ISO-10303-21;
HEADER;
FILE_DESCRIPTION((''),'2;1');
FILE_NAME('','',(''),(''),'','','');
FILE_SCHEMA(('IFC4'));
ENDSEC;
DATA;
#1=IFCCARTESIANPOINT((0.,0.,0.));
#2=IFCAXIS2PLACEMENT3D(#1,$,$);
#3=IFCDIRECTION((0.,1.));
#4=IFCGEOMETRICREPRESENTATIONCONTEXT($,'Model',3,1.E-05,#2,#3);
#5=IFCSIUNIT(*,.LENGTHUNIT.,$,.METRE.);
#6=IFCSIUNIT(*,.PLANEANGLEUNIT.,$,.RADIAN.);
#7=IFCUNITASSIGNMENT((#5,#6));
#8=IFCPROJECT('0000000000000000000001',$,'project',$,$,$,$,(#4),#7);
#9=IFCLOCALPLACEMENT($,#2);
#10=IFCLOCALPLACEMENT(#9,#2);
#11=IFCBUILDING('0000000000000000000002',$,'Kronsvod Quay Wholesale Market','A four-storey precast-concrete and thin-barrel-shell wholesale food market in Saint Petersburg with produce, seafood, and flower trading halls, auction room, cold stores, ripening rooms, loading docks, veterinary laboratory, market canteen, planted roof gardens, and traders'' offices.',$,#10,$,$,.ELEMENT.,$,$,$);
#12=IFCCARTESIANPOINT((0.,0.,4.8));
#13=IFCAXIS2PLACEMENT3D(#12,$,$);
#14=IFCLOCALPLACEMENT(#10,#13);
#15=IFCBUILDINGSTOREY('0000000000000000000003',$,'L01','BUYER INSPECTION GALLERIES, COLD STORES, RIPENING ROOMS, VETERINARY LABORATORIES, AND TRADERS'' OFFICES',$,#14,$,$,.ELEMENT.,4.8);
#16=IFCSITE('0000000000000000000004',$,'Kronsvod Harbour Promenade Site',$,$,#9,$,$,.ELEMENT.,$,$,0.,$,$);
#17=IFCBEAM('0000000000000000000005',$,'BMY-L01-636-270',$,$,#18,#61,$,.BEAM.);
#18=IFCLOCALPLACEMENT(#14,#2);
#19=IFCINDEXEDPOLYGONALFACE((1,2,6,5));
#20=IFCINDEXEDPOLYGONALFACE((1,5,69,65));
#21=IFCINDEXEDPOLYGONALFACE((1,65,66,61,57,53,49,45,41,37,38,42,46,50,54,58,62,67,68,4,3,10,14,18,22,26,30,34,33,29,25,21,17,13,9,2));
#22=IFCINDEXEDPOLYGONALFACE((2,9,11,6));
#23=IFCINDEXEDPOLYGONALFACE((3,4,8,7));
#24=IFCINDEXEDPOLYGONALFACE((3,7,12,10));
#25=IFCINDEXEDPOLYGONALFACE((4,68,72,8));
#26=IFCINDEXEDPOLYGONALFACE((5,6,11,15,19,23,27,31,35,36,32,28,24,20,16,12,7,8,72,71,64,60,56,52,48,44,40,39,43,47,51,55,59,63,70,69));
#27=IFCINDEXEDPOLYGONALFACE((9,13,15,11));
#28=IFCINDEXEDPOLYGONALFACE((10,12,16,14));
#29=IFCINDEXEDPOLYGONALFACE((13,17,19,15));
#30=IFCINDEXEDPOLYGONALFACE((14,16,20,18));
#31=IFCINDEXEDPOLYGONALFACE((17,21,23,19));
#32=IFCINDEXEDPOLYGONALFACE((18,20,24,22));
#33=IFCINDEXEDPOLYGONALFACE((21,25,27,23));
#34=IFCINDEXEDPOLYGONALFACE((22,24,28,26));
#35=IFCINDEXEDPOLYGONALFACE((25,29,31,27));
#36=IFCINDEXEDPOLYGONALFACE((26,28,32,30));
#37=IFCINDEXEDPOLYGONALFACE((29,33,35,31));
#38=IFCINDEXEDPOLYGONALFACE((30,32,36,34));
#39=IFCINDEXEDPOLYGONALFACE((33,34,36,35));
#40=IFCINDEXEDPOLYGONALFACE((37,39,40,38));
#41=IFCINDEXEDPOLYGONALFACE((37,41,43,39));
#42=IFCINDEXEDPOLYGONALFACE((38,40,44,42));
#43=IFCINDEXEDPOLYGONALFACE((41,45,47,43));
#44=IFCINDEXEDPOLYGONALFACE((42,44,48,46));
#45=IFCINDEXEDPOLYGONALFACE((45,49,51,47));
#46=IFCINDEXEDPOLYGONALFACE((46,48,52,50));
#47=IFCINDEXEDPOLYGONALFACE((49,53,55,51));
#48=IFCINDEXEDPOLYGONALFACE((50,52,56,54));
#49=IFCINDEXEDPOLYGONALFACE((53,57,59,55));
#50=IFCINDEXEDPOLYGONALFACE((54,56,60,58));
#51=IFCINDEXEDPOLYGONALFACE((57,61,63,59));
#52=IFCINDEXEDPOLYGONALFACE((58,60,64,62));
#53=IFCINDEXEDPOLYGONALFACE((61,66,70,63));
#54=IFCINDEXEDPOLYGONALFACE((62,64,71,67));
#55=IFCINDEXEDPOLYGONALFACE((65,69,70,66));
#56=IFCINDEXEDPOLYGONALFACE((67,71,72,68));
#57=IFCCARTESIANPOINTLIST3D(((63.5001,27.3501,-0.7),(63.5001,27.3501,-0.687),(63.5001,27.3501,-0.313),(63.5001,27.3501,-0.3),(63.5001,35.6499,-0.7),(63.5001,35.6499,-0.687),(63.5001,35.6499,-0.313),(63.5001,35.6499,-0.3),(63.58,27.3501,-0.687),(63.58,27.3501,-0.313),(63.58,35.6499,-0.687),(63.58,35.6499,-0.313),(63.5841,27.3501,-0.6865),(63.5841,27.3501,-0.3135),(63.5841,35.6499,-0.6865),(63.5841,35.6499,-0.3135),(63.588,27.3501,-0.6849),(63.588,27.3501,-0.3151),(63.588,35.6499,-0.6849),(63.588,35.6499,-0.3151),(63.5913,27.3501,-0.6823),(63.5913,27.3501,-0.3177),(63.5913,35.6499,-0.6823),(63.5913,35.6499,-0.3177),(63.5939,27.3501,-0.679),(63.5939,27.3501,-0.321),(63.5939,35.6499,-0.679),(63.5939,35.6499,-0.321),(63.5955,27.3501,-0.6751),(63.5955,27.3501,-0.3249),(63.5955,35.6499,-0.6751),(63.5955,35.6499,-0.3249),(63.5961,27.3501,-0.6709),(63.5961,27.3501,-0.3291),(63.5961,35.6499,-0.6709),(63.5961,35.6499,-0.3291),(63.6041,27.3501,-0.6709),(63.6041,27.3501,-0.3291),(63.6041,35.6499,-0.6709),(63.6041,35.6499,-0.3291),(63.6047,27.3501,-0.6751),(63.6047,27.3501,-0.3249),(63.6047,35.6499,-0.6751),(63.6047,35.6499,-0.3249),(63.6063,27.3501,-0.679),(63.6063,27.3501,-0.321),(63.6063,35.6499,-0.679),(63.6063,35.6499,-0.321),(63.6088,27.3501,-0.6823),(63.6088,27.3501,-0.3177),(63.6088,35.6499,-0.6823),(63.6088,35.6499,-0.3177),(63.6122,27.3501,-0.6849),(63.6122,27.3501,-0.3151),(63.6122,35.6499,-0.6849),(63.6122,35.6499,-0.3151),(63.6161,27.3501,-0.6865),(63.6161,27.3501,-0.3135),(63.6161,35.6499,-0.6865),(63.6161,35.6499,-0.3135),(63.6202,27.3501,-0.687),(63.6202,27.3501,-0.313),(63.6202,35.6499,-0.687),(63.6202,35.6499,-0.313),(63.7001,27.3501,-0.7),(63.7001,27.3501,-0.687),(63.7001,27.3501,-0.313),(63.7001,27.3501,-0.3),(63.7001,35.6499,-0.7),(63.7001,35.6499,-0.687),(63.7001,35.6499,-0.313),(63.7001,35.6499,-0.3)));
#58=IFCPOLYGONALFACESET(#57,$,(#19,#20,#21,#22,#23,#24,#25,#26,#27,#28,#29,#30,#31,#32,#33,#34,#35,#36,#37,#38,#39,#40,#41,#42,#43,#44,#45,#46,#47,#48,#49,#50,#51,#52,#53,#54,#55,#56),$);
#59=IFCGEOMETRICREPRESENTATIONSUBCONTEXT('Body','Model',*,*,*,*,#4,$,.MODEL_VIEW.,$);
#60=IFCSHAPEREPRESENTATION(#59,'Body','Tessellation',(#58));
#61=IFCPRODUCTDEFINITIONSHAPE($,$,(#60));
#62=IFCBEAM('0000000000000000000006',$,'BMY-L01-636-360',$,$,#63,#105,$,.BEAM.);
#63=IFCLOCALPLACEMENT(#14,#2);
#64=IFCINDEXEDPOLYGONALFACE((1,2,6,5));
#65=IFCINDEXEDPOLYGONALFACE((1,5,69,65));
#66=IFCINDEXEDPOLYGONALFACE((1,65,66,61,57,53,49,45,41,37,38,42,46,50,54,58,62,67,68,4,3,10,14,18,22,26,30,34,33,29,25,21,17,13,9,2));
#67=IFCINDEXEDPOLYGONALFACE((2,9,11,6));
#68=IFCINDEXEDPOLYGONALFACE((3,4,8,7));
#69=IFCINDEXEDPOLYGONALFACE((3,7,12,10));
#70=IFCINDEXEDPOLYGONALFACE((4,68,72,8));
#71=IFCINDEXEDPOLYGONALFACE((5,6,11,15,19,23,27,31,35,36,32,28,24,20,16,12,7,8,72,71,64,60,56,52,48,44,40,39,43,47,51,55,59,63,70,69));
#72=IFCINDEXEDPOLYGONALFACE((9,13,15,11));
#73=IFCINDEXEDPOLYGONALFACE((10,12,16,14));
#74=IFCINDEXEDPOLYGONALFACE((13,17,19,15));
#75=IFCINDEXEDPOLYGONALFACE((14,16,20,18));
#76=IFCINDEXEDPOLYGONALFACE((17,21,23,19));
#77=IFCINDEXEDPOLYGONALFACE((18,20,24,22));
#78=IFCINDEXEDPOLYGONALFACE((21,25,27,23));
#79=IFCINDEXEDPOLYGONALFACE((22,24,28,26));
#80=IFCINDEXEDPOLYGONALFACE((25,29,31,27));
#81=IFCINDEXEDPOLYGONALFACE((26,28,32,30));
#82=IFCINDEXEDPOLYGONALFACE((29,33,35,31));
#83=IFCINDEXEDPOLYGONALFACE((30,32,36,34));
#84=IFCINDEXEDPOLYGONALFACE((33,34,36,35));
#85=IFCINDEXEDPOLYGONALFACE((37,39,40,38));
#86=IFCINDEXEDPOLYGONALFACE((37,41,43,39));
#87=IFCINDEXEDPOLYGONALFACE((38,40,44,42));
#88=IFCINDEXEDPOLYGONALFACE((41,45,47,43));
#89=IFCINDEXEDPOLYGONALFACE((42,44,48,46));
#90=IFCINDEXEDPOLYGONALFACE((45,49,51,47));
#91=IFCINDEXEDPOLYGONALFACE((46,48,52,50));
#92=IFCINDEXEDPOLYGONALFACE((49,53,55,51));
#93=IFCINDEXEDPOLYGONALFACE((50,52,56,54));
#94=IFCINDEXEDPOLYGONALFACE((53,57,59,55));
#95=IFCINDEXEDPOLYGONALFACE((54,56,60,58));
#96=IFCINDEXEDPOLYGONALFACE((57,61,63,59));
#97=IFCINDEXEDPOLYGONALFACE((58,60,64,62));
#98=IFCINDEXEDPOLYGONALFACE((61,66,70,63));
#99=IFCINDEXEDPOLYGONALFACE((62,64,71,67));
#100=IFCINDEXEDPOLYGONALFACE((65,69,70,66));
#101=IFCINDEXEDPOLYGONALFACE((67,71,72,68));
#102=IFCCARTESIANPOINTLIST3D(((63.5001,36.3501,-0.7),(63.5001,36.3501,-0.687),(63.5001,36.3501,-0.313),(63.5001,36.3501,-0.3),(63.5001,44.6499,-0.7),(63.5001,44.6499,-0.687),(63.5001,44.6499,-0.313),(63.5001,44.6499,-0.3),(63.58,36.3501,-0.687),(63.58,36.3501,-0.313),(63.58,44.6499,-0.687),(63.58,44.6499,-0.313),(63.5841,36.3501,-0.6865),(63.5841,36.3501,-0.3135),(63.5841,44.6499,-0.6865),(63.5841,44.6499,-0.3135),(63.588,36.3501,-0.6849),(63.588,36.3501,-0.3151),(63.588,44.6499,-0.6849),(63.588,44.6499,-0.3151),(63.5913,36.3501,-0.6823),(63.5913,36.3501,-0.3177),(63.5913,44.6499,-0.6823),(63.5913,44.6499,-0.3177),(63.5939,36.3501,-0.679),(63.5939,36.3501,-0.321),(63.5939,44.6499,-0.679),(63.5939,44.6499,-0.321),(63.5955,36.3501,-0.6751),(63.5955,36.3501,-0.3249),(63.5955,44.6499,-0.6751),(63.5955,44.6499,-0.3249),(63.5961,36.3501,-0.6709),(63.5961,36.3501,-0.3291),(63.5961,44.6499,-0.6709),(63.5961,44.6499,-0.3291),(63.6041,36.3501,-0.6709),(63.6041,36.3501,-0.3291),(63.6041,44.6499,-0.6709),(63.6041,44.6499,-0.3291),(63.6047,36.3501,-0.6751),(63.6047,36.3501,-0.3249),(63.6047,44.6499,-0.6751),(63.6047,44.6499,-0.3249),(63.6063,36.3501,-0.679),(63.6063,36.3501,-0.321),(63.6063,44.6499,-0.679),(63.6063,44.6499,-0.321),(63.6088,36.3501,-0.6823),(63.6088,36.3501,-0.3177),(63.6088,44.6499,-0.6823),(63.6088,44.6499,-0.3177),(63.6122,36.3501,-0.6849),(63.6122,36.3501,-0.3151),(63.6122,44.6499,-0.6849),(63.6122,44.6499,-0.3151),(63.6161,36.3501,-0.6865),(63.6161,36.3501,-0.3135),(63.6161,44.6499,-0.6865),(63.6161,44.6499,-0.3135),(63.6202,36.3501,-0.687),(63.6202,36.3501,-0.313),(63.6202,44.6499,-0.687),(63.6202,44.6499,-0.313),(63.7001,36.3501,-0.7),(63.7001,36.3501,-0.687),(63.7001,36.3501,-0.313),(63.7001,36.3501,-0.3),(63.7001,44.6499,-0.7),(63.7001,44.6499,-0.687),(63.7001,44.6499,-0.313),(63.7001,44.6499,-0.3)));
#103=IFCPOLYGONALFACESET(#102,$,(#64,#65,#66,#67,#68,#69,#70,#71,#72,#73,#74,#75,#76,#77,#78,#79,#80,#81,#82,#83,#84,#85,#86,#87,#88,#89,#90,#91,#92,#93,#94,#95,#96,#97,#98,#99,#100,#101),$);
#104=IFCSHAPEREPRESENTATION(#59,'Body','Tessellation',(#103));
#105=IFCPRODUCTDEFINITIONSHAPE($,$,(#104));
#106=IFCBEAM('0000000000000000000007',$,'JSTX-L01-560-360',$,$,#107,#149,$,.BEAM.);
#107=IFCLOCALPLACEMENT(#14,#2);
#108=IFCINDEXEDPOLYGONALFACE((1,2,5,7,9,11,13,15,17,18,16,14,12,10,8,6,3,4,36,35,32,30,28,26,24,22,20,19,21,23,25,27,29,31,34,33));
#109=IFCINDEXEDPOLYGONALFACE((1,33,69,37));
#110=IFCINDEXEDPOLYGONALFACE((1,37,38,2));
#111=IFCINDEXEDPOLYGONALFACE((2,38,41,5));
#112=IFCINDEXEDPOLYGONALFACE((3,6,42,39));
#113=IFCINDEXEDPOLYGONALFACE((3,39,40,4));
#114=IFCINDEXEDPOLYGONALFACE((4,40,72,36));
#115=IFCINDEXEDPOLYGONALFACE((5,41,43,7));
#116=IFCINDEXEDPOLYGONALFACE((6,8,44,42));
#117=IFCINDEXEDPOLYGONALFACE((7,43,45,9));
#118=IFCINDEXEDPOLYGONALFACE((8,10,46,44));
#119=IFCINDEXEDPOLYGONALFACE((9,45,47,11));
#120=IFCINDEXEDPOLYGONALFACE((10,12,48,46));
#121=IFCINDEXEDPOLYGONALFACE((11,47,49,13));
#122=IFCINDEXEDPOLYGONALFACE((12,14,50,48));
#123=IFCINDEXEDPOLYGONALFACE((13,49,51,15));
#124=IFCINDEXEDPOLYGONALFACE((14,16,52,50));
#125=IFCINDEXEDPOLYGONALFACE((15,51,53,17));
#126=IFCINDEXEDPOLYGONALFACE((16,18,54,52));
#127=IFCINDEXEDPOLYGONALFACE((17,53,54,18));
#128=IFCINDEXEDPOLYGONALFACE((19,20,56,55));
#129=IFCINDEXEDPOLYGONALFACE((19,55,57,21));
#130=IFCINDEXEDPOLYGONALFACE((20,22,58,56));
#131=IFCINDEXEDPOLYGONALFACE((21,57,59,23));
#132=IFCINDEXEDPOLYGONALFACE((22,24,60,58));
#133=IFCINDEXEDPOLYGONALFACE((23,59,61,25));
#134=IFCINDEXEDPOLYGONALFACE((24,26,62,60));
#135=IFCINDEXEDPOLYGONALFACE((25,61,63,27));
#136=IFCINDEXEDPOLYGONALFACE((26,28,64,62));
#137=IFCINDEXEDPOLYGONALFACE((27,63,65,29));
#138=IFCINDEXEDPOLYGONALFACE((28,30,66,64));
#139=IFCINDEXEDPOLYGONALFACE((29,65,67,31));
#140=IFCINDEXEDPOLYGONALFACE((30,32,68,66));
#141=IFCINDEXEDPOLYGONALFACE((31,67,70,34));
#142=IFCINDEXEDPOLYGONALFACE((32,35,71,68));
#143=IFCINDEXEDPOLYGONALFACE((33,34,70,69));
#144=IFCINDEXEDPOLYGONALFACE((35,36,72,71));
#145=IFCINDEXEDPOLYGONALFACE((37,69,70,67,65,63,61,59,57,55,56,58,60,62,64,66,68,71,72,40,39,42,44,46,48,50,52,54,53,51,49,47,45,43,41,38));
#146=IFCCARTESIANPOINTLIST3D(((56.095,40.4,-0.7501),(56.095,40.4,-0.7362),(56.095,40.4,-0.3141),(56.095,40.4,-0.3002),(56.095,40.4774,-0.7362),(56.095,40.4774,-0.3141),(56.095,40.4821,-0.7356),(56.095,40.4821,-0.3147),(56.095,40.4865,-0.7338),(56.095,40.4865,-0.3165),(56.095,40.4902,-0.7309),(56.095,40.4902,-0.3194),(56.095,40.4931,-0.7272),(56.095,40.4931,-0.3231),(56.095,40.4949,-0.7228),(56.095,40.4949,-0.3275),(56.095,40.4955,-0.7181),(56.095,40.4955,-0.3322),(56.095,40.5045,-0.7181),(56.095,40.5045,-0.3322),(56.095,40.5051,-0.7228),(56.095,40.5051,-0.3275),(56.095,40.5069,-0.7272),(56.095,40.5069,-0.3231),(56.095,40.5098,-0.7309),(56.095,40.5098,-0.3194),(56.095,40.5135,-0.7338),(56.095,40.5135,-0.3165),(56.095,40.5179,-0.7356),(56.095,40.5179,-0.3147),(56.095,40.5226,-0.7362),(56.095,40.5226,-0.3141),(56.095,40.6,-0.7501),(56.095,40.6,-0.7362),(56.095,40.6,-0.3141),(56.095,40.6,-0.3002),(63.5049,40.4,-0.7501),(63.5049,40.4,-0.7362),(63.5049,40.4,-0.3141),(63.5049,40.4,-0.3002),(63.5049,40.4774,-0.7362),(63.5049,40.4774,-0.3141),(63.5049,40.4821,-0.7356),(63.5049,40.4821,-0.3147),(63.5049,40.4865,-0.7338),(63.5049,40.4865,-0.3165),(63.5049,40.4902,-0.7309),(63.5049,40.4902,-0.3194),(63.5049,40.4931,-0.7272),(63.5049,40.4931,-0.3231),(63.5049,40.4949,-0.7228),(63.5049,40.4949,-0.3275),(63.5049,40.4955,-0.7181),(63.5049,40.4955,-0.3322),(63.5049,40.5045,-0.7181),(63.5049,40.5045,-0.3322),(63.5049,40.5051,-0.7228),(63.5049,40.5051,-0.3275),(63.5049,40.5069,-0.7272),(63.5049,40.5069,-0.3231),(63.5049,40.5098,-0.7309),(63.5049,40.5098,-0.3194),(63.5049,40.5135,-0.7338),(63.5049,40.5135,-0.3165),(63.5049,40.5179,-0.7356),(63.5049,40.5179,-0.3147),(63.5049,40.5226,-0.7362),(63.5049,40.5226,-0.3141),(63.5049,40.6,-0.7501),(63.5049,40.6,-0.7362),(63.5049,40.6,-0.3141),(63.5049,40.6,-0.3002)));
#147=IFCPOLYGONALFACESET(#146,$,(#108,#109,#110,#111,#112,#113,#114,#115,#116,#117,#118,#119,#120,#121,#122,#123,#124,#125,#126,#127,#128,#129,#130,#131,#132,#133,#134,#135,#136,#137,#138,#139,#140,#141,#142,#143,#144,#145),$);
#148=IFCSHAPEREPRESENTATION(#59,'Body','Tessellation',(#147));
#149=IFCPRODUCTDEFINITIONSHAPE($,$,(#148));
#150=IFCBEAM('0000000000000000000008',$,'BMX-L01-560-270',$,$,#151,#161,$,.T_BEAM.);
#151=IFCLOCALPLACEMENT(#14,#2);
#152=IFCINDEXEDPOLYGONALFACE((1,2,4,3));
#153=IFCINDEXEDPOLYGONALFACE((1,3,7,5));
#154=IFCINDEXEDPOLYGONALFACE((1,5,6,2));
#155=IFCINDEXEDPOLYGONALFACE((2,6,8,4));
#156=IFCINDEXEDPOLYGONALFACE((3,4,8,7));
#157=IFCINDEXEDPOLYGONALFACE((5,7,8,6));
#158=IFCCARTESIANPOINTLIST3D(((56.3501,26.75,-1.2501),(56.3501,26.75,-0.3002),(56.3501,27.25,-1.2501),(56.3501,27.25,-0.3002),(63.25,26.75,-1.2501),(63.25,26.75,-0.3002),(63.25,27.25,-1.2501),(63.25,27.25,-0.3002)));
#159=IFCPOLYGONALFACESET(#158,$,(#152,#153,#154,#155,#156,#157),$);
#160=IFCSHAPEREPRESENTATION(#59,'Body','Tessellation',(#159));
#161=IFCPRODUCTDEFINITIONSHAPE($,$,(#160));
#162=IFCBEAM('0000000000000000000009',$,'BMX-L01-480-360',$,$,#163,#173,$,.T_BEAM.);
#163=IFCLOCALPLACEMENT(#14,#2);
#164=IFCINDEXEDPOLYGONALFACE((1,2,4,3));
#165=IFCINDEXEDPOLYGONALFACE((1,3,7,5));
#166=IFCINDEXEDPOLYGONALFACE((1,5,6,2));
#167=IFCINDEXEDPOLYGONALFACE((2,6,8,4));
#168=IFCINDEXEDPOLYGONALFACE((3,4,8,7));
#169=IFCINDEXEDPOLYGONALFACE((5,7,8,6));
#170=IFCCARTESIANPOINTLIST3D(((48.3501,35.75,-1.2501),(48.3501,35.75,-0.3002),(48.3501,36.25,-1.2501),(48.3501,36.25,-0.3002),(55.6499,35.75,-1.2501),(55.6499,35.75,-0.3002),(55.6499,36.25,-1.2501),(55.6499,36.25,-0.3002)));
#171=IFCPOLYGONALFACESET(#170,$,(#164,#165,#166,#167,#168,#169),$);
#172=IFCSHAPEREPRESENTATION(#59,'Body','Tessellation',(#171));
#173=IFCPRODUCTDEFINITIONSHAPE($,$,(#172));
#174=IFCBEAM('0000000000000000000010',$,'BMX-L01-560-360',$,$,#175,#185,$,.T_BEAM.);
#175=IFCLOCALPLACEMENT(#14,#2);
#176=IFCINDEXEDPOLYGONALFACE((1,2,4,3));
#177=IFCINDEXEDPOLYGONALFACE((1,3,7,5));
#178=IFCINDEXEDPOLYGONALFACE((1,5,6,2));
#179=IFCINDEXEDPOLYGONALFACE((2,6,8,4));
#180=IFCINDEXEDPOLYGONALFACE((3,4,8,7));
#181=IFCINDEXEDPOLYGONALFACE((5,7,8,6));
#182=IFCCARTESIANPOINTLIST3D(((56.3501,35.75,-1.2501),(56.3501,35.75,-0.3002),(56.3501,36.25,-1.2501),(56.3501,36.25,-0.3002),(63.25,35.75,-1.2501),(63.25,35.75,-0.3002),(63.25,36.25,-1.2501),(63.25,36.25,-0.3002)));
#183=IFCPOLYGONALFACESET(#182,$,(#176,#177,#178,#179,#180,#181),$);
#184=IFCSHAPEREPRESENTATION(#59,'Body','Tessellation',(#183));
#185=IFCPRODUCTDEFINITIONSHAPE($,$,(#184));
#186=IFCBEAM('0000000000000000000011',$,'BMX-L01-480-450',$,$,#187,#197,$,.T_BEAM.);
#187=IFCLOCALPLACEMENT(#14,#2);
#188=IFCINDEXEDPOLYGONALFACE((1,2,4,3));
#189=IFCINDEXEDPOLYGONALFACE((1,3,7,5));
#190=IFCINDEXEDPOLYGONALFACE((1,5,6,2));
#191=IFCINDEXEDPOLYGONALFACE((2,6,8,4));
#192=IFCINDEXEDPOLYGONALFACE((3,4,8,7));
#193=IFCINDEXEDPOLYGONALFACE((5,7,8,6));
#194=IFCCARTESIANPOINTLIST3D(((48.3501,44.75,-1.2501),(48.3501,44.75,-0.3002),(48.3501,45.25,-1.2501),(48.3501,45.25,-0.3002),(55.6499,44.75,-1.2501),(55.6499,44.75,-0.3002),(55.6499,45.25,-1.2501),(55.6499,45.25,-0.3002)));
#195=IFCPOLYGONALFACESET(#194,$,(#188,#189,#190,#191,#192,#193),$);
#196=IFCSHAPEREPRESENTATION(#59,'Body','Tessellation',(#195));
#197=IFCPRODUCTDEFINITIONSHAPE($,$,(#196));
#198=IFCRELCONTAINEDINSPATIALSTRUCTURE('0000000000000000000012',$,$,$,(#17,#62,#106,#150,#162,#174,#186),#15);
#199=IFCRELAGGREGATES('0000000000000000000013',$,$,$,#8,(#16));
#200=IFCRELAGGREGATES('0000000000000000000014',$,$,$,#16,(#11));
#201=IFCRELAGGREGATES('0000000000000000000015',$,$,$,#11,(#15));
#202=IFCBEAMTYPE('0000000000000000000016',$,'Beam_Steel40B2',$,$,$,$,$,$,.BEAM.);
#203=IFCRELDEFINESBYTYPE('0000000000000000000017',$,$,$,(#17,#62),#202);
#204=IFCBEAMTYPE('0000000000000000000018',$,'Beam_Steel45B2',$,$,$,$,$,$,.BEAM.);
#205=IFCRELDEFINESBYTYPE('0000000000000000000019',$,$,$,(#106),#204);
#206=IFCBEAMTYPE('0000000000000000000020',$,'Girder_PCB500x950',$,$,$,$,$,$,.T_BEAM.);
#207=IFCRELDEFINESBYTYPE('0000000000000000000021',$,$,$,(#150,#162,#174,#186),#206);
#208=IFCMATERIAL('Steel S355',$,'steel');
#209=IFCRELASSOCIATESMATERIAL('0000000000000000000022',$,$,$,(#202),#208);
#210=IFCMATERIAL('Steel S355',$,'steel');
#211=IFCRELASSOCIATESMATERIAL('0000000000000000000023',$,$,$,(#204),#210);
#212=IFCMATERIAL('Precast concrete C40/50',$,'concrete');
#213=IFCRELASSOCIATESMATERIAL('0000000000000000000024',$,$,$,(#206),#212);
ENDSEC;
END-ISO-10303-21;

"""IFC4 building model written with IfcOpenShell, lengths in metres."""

from ifc_helpers import new_model, si_unit, direction, frame, origin, origin_2d, place, context, subcontext, project, spatial, rectangle, i_section, extrude, material, material_profile, profile_set, type_object, element, save


model = new_model("IFC4")

# Units and contexts
model_context = context("Model", 3, precision=1e-05, world=origin(), true_north=direction((0.0, 1.0)))
body_context = subcontext(model_context, "Body", "Model", "MODEL_VIEW")
ifc_project = project(units=[si_unit("LENGTHUNIT", "METRE"), si_unit("PLANEANGLEUNIT", "RADIAN")], contexts=[model_context])

# Site, building, storey
site_placement = place(None, origin())
site = spatial("IfcSite", under=ifc_project, at=site_placement, Name="Kronsvod Harbour Promenade Site", CompositionType="ELEMENT", RefElevation=0.0)
building_placement = place(site_placement, origin())
building = spatial("IfcBuilding", under=site, at=building_placement, Name="Kronsvod Quay Wholesale Market", Description="A four-storey precast-concrete and thin-barrel-shell wholesale food market in Saint Petersburg with produce, seafood, and flower trading halls, auction room, cold stores, ripening rooms, loading docks, veterinary laboratory, market canteen, planted roof gardens, and traders' offices.", CompositionType="ELEMENT")
storey_placement = place(building_placement, frame((0.0, 0.0, 4.8)))
storey = spatial("IfcBuildingStorey", under=building, at=storey_placement, Name="L01", Description="BUYER INSPECTION GALLERIES, COLD STORES, RIPENING ROOMS, VETERINARY LABORATORIES, AND TRADERS' OFFICES", CompositionType="ELEMENT", Elevation=4.8)

# Beams
ifc_material_1 = material(Name="Steel S355", Category="steel")
ifc_material_profile_1 = material_profile(ifc_material_1, i_section(OverallWidth=0.2, OverallDepth=0.3999, WebThickness=0.0081, FlangeThickness=0.0129, FilletRadius=0.0161, at=origin_2d()), Name="40B2")
ifc_profile_set_1 = profile_set([ifc_material_profile_1], Name="Steel S355")
beam_type_1 = type_object("IfcBeamType", Name="Beam_Steel40B2", PredefinedType="BEAM", material=ifc_profile_set_1)
for number, where, z_axis, x_axis, name in (
    (1, (63.6001, 27.3501, -0.5), (0.0, 1.0, 0.0), (-1.0, 0.0, 0.0), "BMY-L01-636-270"),
    (2, (63.6001, 36.3501, -0.5), (0.0, 1.0, 0.0), (-1.0, 0.0, 0.0), "BMY-L01-636-360"),
):
    element("IfcBeam", number, at=place(storey_placement, frame(where, z_axis=z_axis, x_axis=x_axis)), inside=storey, type_object=beam_type_1, Name=name, PredefinedType="BEAM", context=body_context, shape_type="SweptSolid", body=[
        extrude(i_section(OverallWidth=0.2, OverallDepth=0.3999, WebThickness=0.0081, FlangeThickness=0.0129, FilletRadius=0.0161, at=origin_2d()), origin(), (0.0, 0.0, 1.0), 8.2998),
    ])
ifc_material_2 = material(Name="Steel S355", Category="steel")
ifc_material_profile_2 = material_profile(ifc_material_2, i_section(OverallWidth=0.2, OverallDepth=0.45, WebThickness=0.009, FlangeThickness=0.0139, FilletRadius=0.0181, at=origin_2d()), Name="45B2")
ifc_profile_set_2 = profile_set([ifc_material_profile_2], Name="Steel S355")
beam_type_2 = type_object("IfcBeamType", Name="Beam_Steel45B2", PredefinedType="BEAM", material=ifc_profile_set_2)
beam_1_placement = place(storey_placement, frame((56.095, 40.5, -0.5251), z_axis=(1.0, 0.0, 0.0), x_axis=(0.0, 1.0, 0.0)))
element("IfcBeam", 3, at=beam_1_placement, inside=storey, type_object=beam_type_2, Name="JSTX-L01-560-360", PredefinedType="BEAM", context=body_context, shape_type="SweptSolid", body=[
    extrude(i_section(OverallWidth=0.2, OverallDepth=0.45, WebThickness=0.009, FlangeThickness=0.0139, FilletRadius=0.0181, at=origin_2d()), origin(), (0.0, 0.0, 1.0), 7.4099),
])
ifc_material_3 = material(Name="Precast concrete C40/50", Category="concrete")
ifc_material_profile_3 = material_profile(ifc_material_3, rectangle(XDim=0.5, YDim=0.95, at=origin_2d()), Name="PCB500x950")
ifc_profile_set_3 = profile_set([ifc_material_profile_3], Name="Precast concrete C40/50")
beam_type_3 = type_object("IfcBeamType", Name="Girder_PCB500x950", PredefinedType="T_BEAM", material=ifc_profile_set_3)
beam_2_placement = place(storey_placement, frame((56.3501, 27.0, -0.7751), z_axis=(1.0, 0.0, 0.0), x_axis=(0.0, 1.0, 0.0)))
element("IfcBeam", 4, at=beam_2_placement, inside=storey, type_object=beam_type_3, Name="BMX-L01-560-270", PredefinedType="T_BEAM", context=body_context, shape_type="SweptSolid", body=[
    extrude(rectangle(XDim=0.5, YDim=0.95, at=origin_2d()), origin(), (0.0, 0.0, 1.0), 6.8999),
])
beam_3_placement = place(storey_placement, frame((48.3501, 36.0, -0.7751), z_axis=(1.0, 0.0, 0.0), x_axis=(0.0, 1.0, 0.0)))
element("IfcBeam", 5, at=beam_3_placement, inside=storey, type_object=beam_type_3, Name="BMX-L01-480-360", PredefinedType="T_BEAM", context=body_context, shape_type="SweptSolid", body=[
    extrude(rectangle(XDim=0.5, YDim=0.95, at=origin_2d()), origin(), (0.0, 0.0, 1.0), 7.2998),
])
beam_4_placement = place(storey_placement, frame((56.3501, 36.0, -0.7751), z_axis=(1.0, 0.0, 0.0), x_axis=(0.0, 1.0, 0.0)))
element("IfcBeam", 6, at=beam_4_placement, inside=storey, type_object=beam_type_3, Name="BMX-L01-560-360", PredefinedType="T_BEAM", context=body_context, shape_type="SweptSolid", body=[
    extrude(rectangle(XDim=0.5, YDim=0.95, at=origin_2d()), origin(), (0.0, 0.0, 1.0), 6.8999),
])
beam_5_placement = place(storey_placement, frame((48.3501, 45.0, -0.7751), z_axis=(1.0, 0.0, 0.0), x_axis=(0.0, 1.0, 0.0)))
element("IfcBeam", 7, at=beam_5_placement, inside=storey, type_object=beam_type_3, Name="BMX-L01-480-450", PredefinedType="T_BEAM", context=body_context, shape_type="SweptSolid", body=[
    extrude(rectangle(XDim=0.5, YDim=0.95, at=origin_2d()), origin(), (0.0, 0.0, 1.0), 7.2998),
])

save(model, "model.ifc")
